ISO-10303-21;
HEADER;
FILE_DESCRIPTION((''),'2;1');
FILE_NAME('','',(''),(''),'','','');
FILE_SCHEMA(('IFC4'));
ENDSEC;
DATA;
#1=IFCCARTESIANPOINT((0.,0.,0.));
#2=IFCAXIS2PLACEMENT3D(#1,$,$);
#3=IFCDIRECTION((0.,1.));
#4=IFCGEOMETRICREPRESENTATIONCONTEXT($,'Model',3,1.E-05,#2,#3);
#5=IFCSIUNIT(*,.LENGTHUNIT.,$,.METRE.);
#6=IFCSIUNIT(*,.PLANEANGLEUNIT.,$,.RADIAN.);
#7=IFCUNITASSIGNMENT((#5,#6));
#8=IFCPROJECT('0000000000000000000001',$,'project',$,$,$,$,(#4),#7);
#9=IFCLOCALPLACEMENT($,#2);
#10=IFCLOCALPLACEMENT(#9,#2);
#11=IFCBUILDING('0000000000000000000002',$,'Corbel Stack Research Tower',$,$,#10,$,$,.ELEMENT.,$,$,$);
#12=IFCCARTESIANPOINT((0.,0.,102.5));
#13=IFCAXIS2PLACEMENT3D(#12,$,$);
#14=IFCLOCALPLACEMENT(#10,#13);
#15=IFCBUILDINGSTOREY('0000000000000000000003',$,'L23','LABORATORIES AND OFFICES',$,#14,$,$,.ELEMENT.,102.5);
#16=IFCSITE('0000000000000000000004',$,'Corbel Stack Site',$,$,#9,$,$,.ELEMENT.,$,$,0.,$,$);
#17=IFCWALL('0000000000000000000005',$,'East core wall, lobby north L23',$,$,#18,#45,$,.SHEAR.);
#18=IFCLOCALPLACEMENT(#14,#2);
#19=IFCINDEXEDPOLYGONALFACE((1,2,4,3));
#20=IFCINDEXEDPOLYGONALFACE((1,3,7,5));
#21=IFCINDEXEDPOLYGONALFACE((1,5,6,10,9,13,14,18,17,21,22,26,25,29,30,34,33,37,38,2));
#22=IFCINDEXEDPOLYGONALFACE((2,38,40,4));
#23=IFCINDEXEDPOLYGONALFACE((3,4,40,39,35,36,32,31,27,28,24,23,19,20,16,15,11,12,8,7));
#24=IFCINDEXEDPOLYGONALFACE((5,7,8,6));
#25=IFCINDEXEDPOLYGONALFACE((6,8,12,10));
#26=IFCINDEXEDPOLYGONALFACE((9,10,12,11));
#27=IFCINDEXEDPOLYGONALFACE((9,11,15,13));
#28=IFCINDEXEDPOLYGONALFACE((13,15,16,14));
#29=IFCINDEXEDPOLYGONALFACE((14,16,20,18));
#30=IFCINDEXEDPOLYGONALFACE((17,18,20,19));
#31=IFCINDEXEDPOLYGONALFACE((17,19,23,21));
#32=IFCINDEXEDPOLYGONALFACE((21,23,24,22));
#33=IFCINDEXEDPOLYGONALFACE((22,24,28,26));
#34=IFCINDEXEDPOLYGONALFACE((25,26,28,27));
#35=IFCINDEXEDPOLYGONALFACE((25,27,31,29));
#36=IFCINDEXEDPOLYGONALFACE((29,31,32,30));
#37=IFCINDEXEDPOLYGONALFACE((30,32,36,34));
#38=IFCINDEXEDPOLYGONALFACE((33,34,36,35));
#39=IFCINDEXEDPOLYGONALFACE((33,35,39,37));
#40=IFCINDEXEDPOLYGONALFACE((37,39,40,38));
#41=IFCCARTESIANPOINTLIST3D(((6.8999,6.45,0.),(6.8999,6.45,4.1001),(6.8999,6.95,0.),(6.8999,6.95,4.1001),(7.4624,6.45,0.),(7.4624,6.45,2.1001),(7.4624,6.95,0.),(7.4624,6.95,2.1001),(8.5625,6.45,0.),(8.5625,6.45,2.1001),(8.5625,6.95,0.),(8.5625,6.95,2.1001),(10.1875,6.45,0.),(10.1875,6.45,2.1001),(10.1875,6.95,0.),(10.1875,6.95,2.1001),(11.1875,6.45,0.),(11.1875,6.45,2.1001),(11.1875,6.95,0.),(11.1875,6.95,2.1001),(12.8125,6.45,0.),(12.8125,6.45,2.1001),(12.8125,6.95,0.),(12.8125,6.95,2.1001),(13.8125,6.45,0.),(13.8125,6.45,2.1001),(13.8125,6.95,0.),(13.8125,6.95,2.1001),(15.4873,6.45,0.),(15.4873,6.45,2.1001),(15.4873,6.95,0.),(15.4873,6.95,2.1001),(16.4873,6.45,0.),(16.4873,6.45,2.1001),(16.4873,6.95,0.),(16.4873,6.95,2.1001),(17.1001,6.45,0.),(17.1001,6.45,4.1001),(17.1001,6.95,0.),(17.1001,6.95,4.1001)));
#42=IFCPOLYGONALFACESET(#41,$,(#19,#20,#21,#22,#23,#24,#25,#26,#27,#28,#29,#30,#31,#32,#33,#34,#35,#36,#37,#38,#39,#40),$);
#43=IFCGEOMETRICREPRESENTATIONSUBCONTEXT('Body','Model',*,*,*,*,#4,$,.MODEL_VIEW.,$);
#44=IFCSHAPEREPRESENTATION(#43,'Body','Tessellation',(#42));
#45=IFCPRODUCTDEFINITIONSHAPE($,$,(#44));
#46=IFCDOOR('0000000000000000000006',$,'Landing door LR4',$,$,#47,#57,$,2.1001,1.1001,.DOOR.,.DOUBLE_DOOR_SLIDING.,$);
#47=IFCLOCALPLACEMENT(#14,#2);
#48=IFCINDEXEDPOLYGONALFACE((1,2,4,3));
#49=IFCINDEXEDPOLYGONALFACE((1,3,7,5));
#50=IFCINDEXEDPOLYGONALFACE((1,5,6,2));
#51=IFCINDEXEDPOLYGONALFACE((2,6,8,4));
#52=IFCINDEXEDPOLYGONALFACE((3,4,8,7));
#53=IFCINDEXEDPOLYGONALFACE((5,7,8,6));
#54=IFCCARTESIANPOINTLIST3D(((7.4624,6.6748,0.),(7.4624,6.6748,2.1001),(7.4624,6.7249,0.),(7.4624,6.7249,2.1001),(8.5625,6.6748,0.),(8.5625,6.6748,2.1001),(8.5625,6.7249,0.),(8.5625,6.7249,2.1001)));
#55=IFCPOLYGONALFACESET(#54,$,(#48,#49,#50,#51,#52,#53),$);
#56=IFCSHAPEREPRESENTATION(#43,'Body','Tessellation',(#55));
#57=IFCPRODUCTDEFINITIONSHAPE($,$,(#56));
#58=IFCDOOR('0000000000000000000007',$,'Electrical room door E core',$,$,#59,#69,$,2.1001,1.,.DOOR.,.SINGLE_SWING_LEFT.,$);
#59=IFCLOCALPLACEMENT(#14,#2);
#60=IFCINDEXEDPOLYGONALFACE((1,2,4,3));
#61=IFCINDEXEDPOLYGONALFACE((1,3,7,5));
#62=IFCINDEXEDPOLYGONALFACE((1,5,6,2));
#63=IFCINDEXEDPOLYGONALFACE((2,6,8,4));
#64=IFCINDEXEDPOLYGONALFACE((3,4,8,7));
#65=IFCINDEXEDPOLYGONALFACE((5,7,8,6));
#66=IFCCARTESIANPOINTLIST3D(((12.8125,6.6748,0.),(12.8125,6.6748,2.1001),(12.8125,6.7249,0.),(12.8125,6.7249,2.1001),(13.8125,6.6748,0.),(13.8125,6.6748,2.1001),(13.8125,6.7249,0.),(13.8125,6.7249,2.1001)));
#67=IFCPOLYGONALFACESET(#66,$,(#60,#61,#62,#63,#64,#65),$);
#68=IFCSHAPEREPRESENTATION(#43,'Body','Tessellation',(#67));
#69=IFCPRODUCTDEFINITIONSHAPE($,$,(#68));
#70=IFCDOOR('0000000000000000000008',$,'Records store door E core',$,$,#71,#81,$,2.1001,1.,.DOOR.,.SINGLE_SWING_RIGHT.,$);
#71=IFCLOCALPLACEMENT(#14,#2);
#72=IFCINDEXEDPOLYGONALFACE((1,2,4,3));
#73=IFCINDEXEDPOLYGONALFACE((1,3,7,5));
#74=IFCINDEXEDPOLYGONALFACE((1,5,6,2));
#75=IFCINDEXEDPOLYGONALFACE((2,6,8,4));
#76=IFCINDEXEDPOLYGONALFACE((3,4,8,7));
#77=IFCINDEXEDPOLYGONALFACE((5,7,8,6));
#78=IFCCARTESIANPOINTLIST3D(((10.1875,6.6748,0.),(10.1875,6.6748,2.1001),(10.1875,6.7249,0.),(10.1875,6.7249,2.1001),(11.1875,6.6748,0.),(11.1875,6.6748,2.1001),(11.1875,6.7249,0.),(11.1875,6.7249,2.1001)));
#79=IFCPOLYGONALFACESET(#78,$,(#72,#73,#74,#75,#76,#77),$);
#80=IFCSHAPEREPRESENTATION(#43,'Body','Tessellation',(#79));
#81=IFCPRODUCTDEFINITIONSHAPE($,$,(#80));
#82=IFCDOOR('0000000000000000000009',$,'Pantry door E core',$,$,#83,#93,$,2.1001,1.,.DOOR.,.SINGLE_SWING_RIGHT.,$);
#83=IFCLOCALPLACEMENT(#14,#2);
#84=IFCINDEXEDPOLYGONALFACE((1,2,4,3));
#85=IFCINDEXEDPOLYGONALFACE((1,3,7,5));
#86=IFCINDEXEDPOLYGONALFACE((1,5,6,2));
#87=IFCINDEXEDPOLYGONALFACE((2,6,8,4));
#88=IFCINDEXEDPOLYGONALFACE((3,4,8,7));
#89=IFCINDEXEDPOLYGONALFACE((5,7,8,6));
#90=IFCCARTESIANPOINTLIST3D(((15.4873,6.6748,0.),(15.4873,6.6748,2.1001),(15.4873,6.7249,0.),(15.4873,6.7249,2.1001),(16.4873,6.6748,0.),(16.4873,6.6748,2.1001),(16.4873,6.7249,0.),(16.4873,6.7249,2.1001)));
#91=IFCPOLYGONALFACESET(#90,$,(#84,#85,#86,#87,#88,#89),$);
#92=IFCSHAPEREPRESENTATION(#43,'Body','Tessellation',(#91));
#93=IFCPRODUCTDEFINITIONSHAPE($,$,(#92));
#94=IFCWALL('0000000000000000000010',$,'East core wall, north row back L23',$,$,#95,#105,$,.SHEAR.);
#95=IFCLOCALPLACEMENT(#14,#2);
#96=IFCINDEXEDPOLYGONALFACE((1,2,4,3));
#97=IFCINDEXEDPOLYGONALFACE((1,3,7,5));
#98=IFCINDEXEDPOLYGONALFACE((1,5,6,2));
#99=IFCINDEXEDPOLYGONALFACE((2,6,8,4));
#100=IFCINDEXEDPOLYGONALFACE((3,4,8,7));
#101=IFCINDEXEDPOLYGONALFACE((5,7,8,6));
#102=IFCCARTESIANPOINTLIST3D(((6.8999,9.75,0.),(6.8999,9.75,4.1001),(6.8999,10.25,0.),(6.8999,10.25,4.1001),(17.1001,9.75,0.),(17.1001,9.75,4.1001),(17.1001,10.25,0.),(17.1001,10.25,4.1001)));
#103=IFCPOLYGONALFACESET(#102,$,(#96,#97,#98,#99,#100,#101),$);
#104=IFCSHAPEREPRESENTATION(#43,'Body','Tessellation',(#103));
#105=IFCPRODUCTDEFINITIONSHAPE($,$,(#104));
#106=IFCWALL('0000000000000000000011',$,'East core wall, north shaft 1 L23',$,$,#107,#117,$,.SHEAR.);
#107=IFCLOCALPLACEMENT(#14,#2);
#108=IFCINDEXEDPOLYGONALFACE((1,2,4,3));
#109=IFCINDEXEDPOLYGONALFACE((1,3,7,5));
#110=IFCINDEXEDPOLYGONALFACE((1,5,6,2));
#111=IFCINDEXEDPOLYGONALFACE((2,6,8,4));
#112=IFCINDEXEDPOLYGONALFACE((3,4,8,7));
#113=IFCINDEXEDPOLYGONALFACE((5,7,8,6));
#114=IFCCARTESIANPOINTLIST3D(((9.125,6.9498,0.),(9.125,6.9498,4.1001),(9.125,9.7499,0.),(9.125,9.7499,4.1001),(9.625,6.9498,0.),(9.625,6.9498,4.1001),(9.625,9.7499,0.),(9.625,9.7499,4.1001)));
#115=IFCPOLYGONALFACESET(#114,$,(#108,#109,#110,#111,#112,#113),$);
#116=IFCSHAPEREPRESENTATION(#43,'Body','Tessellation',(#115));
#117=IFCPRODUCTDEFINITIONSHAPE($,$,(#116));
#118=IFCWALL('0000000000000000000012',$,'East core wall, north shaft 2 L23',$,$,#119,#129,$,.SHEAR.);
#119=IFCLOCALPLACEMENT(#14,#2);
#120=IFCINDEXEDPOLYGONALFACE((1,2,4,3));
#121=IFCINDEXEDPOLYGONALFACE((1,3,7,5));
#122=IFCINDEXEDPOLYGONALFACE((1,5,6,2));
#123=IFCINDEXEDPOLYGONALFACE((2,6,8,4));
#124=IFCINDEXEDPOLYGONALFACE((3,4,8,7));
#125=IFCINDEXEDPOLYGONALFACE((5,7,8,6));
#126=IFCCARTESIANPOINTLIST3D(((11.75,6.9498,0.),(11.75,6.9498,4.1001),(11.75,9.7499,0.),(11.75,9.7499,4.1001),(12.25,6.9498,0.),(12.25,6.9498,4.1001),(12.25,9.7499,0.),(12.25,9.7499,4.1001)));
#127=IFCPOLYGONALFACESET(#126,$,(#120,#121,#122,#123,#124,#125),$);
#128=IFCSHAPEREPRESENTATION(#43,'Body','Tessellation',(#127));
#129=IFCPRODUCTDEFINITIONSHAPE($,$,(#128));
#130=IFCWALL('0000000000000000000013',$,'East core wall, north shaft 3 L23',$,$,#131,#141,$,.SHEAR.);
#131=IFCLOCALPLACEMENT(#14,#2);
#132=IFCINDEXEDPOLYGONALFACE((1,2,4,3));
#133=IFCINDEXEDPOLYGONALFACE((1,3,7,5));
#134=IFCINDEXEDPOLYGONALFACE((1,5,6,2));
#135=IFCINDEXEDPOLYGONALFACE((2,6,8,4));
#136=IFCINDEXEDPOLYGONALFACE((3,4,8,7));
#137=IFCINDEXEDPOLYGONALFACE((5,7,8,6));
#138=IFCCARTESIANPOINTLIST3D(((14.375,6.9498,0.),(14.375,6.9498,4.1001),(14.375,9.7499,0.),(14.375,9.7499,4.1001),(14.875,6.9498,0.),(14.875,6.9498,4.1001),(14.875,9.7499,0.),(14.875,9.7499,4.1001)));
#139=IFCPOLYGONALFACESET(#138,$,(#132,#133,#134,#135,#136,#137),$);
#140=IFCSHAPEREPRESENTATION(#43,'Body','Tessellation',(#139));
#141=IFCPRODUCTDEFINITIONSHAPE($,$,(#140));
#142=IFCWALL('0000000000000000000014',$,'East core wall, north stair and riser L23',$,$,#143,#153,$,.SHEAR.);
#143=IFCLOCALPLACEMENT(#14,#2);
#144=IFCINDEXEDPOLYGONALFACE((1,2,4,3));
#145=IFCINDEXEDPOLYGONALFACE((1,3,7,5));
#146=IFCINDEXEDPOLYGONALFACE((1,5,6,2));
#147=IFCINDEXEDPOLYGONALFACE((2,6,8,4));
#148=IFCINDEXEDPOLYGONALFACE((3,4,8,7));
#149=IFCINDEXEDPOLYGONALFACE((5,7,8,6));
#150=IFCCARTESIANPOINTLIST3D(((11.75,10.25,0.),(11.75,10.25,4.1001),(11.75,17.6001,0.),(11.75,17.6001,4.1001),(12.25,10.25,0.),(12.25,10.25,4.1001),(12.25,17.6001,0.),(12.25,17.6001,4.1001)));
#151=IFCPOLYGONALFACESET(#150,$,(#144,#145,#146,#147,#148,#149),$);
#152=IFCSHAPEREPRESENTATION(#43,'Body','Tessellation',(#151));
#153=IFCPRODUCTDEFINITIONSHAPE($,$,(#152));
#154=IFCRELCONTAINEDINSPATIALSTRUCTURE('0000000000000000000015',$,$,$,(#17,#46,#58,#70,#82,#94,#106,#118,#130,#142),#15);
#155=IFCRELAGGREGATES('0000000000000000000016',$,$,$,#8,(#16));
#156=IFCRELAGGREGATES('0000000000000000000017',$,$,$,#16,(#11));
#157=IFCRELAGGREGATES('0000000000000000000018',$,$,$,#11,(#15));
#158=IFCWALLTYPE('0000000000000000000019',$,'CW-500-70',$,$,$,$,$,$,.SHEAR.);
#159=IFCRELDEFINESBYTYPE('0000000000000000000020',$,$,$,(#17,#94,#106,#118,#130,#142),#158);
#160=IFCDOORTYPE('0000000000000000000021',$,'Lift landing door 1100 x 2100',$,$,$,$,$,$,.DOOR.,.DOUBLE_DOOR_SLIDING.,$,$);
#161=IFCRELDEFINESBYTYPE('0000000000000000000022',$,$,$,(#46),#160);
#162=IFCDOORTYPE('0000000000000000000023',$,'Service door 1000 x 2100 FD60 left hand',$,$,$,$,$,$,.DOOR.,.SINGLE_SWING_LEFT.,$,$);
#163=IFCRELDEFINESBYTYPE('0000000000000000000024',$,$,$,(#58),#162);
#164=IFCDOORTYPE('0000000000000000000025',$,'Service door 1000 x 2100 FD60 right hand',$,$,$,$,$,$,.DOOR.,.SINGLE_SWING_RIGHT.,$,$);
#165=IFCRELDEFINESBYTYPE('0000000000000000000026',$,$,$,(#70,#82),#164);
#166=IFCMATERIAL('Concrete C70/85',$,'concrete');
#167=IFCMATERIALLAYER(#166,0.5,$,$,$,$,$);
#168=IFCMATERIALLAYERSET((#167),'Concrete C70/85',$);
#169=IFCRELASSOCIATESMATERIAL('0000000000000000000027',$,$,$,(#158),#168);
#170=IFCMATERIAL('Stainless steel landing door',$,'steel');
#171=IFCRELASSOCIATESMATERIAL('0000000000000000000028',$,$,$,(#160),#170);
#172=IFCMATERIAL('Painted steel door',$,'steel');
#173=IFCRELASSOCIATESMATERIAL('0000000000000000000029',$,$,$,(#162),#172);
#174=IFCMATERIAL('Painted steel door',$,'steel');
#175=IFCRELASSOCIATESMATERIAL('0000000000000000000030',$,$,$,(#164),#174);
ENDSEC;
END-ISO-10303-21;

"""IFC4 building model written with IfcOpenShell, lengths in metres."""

from ifc_helpers import new_model, si_unit, direction, frame, frame_2d, origin, place, context, subcontext, project, spatial, rectangle, extrude, material, layer, layer_set, type_object, element, fill, save


model = new_model("IFC4")

# Units and contexts
model_context = context("Model", 3, precision=1e-05, world=origin(), true_north=direction((0.0, 1.0)))
body_context = subcontext(model_context, "Body", "Model", "MODEL_VIEW")
ifc_project = project(units=[si_unit("LENGTHUNIT", "METRE"), si_unit("PLANEANGLEUNIT", "RADIAN")], contexts=[model_context])

# Site, building, storey
site_placement = place(None, origin())
site = spatial("IfcSite", under=ifc_project, at=site_placement, Name="Corbel Stack Site", CompositionType="ELEMENT", RefElevation=0.0)
building_placement = place(site_placement, origin())
building = spatial("IfcBuilding", under=site, at=building_placement, Name="Corbel Stack Research Tower", CompositionType="ELEMENT")
storey_placement = place(building_placement, frame((0.0, 0.0, 102.5)))
storey = spatial("IfcBuildingStorey", under=building, at=storey_placement, Name="L23", Description="LABORATORIES AND OFFICES", CompositionType="ELEMENT", Elevation=102.5)

# Wall, openings, doors
ifc_material_1 = material(Name="Concrete C70/85", Category="concrete")
ifc_layer_1 = layer(ifc_material_1, 0.5)
ifc_layer_set_1 = layer_set([ifc_layer_1], Name="Concrete C70/85")
wall_type_1 = type_object("IfcWallType", Name="CW-500-70", PredefinedType="SHEAR", material=ifc_layer_set_1)
wall_1_placement = place(storey_placement, frame((6.8999, 6.7, 0.0), z_axis=(0.0, 0.0, 1.0), x_axis=(1.0, 0.0, 0.0)))
wall_1 = element("IfcWall", 1, at=wall_1_placement, inside=storey, type_object=wall_type_1, Name="East core wall, lobby north L23", PredefinedType="SHEAR", context=body_context, shape_type="SweptSolid", body=[
    extrude(rectangle(XDim=10.2002, YDim=0.5, at=frame_2d((5.1001, 0.0))), origin(), (0.0, 0.0, 1.0), 4.1001),
])
opening_1_placement = place(wall_1_placement, frame((0.5625, 0.0, 0.0)))
opening_1 = element("IfcOpeningElement", 2, at=opening_1_placement, cuts=wall_1, PredefinedType="OPENING", context=body_context, shape_type="SweptSolid", body=[
    extrude(rectangle(XDim=1.1001, YDim=2.1001, at=frame_2d((0.55, 1.05))), frame((0.0, 0.26, 0.0), z_axis=(0.0, -1.0, 0.0), x_axis=(1.0, 0.0, 0.0)), (0.0, 0.0, 1.0), 0.52),
])
opening_2_placement = place(wall_1_placement, frame((3.2876, 0.0, 0.0)))
opening_2 = element("IfcOpeningElement", 3, at=opening_2_placement, cuts=wall_1, PredefinedType="OPENING", context=body_context, shape_type="SweptSolid", body=[
    extrude(rectangle(XDim=1.0, YDim=2.1001, at=frame_2d((0.5, 1.05))), frame((0.0, 0.26, 0.0), z_axis=(0.0, -1.0, 0.0), x_axis=(1.0, 0.0, 0.0)), (0.0, 0.0, 1.0), 0.52),
])
opening_3_placement = place(wall_1_placement, frame((5.9126, 0.0, 0.0)))
opening_3 = element("IfcOpeningElement", 4, at=opening_3_placement, cuts=wall_1, PredefinedType="OPENING", context=body_context, shape_type="SweptSolid", body=[
    extrude(rectangle(XDim=1.0, YDim=2.1001, at=frame_2d((0.5, 1.05))), frame((0.0, 0.26, 0.0), z_axis=(0.0, -1.0, 0.0), x_axis=(1.0, 0.0, 0.0)), (0.0, 0.0, 1.0), 0.52),
])
opening_4_placement = place(wall_1_placement, frame((8.5874, 0.0, 0.0)))
opening_4 = element("IfcOpeningElement", 5, at=opening_4_placement, cuts=wall_1, PredefinedType="OPENING", context=body_context, shape_type="SweptSolid", body=[
    extrude(rectangle(XDim=1.0, YDim=2.1001, at=frame_2d((0.5, 1.05))), frame((0.0, 0.26, 0.0), z_axis=(0.0, -1.0, 0.0), x_axis=(1.0, 0.0, 0.0)), (0.0, 0.0, 1.0), 0.52),
])
ifc_material_2 = material(Name="Stainless steel landing door", Category="steel")
door_type_1 = type_object("IfcDoorType", Name="Lift landing door 1100 x 2100", OperationType="DOUBLE_DOOR_SLIDING", PredefinedType="DOOR", material=ifc_material_2)
door_1_placement = place(opening_1_placement, origin())
door_1 = element("IfcDoor", 6, at=door_1_placement, inside=storey, type_object=door_type_1, Name="Landing door LR4", OperationType="DOUBLE_DOOR_SLIDING", OverallHeight=2.1001, OverallWidth=1.1001, PredefinedType="DOOR", context=body_context, shape_type="SweptSolid", body=[
    extrude(rectangle(XDim=1.1001, YDim=2.1001, at=frame_2d((0.55, 1.05))), frame((0.0, 0.0249, 0.0), z_axis=(0.0, -1.0, 0.0), x_axis=(1.0, 0.0, 0.0)), (0.0, 0.0, 1.0), 0.05),
])
fill(opening_1, door_1)
ifc_material_3 = material(Name="Painted steel door", Category="steel")
door_type_2 = type_object("IfcDoorType", Name="Service door 1000 x 2100 FD60 left hand", OperationType="SINGLE_SWING_LEFT", PredefinedType="DOOR", material=ifc_material_3)
door_2_placement = place(opening_3_placement, origin())
door_2 = element("IfcDoor", 7, at=door_2_placement, inside=storey, type_object=door_type_2, Name="Electrical room door E core", OperationType="SINGLE_SWING_LEFT", OverallHeight=2.1001, OverallWidth=1.0, PredefinedType="DOOR", context=body_context, shape_type="SweptSolid", body=[
    extrude(rectangle(XDim=1.0, YDim=2.1001, at=frame_2d((0.5, 1.05))), frame((0.0, 0.0249, 0.0), z_axis=(0.0, -1.0, 0.0), x_axis=(1.0, 0.0, 0.0)), (0.0, 0.0, 1.0), 0.05),
])
fill(opening_3, door_2)
ifc_material_4 = material(Name="Painted steel door", Category="steel")
door_type_3 = type_object("IfcDoorType", Name="Service door 1000 x 2100 FD60 right hand", OperationType="SINGLE_SWING_RIGHT", PredefinedType="DOOR", material=ifc_material_4)
door_3_placement = place(opening_2_placement, origin())
door_3 = element("IfcDoor", 8, at=door_3_placement, inside=storey, type_object=door_type_3, Name="Records store door E core", OperationType="SINGLE_SWING_RIGHT", OverallHeight=2.1001, OverallWidth=1.0, PredefinedType="DOOR", context=body_context, shape_type="SweptSolid", body=[
    extrude(rectangle(XDim=1.0, YDim=2.1001, at=frame_2d((0.5, 1.05))), frame((0.0, 0.0249, 0.0), z_axis=(0.0, -1.0, 0.0), x_axis=(1.0, 0.0, 0.0)), (0.0, 0.0, 1.0), 0.05),
])
fill(opening_2, door_3)
door_4_placement = place(opening_4_placement, origin())
door_4 = element("IfcDoor", 9, at=door_4_placement, inside=storey, type_object=door_type_3, Name="Pantry door E core", OperationType="SINGLE_SWING_RIGHT", OverallHeight=2.1001, OverallWidth=1.0, PredefinedType="DOOR", context=body_context, shape_type="SweptSolid", body=[
    extrude(rectangle(XDim=1.0, YDim=2.1001, at=frame_2d((0.5, 1.05))), frame((0.0, 0.0249, 0.0), z_axis=(0.0, -1.0, 0.0), x_axis=(1.0, 0.0, 0.0)), (0.0, 0.0, 1.0), 0.05),
])
fill(opening_4, door_4)

# Walls
wall_2_placement = place(storey_placement, frame((6.8999, 10.0, 0.0), z_axis=(0.0, 0.0, 1.0), x_axis=(1.0, 0.0, 0.0)))
element("IfcWall", 10, at=wall_2_placement, inside=storey, type_object=wall_type_1, Name="East core wall, north row back L23", PredefinedType="SHEAR", context=body_context, shape_type="SweptSolid", body=[
    extrude(rectangle(XDim=10.2002, YDim=0.5, at=frame_2d((5.1001, 0.0))), origin(), (0.0, 0.0, 1.0), 4.1001),
])
for number, where, z_axis, x_axis, name in (
    (11, (9.375, 6.95, 0.0), (0.0, 0.0, 1.0), (0.0, 1.0, 0.0), "East core wall, north shaft 1 L23"),
    (12, (12.0, 6.95, 0.0), (0.0, 0.0, 1.0), (0.0, 1.0, 0.0), "East core wall, north shaft 2 L23"),
    (13, (14.625, 6.95, 0.0), (0.0, 0.0, 1.0), (0.0, 1.0, 0.0), "East core wall, north shaft 3 L23"),
):
    element("IfcWall", number, at=place(storey_placement, frame(where, z_axis=z_axis, x_axis=x_axis)), inside=storey, type_object=wall_type_1, Name=name, PredefinedType="SHEAR", context=body_context, shape_type="SweptSolid", body=[
        extrude(rectangle(XDim=2.8, YDim=0.5, at=frame_2d((1.3999, 0.0))), origin(), (0.0, 0.0, 1.0), 4.1001),
    ])
wall_3_placement = place(storey_placement, frame((12.0, 10.25, 0.0), z_axis=(0.0, 0.0, 1.0), x_axis=(0.0, 1.0, 0.0)))
element("IfcWall", 14, at=wall_3_placement, inside=storey, type_object=wall_type_1, Name="East core wall, north stair and riser L23", PredefinedType="SHEAR", context=body_context, shape_type="SweptSolid", body=[
    extrude(rectangle(XDim=7.3501, YDim=0.5, at=frame_2d((3.675, 0.0))), origin(), (0.0, 0.0, 1.0), 4.1001),
])

save(model, "model.ifc")
